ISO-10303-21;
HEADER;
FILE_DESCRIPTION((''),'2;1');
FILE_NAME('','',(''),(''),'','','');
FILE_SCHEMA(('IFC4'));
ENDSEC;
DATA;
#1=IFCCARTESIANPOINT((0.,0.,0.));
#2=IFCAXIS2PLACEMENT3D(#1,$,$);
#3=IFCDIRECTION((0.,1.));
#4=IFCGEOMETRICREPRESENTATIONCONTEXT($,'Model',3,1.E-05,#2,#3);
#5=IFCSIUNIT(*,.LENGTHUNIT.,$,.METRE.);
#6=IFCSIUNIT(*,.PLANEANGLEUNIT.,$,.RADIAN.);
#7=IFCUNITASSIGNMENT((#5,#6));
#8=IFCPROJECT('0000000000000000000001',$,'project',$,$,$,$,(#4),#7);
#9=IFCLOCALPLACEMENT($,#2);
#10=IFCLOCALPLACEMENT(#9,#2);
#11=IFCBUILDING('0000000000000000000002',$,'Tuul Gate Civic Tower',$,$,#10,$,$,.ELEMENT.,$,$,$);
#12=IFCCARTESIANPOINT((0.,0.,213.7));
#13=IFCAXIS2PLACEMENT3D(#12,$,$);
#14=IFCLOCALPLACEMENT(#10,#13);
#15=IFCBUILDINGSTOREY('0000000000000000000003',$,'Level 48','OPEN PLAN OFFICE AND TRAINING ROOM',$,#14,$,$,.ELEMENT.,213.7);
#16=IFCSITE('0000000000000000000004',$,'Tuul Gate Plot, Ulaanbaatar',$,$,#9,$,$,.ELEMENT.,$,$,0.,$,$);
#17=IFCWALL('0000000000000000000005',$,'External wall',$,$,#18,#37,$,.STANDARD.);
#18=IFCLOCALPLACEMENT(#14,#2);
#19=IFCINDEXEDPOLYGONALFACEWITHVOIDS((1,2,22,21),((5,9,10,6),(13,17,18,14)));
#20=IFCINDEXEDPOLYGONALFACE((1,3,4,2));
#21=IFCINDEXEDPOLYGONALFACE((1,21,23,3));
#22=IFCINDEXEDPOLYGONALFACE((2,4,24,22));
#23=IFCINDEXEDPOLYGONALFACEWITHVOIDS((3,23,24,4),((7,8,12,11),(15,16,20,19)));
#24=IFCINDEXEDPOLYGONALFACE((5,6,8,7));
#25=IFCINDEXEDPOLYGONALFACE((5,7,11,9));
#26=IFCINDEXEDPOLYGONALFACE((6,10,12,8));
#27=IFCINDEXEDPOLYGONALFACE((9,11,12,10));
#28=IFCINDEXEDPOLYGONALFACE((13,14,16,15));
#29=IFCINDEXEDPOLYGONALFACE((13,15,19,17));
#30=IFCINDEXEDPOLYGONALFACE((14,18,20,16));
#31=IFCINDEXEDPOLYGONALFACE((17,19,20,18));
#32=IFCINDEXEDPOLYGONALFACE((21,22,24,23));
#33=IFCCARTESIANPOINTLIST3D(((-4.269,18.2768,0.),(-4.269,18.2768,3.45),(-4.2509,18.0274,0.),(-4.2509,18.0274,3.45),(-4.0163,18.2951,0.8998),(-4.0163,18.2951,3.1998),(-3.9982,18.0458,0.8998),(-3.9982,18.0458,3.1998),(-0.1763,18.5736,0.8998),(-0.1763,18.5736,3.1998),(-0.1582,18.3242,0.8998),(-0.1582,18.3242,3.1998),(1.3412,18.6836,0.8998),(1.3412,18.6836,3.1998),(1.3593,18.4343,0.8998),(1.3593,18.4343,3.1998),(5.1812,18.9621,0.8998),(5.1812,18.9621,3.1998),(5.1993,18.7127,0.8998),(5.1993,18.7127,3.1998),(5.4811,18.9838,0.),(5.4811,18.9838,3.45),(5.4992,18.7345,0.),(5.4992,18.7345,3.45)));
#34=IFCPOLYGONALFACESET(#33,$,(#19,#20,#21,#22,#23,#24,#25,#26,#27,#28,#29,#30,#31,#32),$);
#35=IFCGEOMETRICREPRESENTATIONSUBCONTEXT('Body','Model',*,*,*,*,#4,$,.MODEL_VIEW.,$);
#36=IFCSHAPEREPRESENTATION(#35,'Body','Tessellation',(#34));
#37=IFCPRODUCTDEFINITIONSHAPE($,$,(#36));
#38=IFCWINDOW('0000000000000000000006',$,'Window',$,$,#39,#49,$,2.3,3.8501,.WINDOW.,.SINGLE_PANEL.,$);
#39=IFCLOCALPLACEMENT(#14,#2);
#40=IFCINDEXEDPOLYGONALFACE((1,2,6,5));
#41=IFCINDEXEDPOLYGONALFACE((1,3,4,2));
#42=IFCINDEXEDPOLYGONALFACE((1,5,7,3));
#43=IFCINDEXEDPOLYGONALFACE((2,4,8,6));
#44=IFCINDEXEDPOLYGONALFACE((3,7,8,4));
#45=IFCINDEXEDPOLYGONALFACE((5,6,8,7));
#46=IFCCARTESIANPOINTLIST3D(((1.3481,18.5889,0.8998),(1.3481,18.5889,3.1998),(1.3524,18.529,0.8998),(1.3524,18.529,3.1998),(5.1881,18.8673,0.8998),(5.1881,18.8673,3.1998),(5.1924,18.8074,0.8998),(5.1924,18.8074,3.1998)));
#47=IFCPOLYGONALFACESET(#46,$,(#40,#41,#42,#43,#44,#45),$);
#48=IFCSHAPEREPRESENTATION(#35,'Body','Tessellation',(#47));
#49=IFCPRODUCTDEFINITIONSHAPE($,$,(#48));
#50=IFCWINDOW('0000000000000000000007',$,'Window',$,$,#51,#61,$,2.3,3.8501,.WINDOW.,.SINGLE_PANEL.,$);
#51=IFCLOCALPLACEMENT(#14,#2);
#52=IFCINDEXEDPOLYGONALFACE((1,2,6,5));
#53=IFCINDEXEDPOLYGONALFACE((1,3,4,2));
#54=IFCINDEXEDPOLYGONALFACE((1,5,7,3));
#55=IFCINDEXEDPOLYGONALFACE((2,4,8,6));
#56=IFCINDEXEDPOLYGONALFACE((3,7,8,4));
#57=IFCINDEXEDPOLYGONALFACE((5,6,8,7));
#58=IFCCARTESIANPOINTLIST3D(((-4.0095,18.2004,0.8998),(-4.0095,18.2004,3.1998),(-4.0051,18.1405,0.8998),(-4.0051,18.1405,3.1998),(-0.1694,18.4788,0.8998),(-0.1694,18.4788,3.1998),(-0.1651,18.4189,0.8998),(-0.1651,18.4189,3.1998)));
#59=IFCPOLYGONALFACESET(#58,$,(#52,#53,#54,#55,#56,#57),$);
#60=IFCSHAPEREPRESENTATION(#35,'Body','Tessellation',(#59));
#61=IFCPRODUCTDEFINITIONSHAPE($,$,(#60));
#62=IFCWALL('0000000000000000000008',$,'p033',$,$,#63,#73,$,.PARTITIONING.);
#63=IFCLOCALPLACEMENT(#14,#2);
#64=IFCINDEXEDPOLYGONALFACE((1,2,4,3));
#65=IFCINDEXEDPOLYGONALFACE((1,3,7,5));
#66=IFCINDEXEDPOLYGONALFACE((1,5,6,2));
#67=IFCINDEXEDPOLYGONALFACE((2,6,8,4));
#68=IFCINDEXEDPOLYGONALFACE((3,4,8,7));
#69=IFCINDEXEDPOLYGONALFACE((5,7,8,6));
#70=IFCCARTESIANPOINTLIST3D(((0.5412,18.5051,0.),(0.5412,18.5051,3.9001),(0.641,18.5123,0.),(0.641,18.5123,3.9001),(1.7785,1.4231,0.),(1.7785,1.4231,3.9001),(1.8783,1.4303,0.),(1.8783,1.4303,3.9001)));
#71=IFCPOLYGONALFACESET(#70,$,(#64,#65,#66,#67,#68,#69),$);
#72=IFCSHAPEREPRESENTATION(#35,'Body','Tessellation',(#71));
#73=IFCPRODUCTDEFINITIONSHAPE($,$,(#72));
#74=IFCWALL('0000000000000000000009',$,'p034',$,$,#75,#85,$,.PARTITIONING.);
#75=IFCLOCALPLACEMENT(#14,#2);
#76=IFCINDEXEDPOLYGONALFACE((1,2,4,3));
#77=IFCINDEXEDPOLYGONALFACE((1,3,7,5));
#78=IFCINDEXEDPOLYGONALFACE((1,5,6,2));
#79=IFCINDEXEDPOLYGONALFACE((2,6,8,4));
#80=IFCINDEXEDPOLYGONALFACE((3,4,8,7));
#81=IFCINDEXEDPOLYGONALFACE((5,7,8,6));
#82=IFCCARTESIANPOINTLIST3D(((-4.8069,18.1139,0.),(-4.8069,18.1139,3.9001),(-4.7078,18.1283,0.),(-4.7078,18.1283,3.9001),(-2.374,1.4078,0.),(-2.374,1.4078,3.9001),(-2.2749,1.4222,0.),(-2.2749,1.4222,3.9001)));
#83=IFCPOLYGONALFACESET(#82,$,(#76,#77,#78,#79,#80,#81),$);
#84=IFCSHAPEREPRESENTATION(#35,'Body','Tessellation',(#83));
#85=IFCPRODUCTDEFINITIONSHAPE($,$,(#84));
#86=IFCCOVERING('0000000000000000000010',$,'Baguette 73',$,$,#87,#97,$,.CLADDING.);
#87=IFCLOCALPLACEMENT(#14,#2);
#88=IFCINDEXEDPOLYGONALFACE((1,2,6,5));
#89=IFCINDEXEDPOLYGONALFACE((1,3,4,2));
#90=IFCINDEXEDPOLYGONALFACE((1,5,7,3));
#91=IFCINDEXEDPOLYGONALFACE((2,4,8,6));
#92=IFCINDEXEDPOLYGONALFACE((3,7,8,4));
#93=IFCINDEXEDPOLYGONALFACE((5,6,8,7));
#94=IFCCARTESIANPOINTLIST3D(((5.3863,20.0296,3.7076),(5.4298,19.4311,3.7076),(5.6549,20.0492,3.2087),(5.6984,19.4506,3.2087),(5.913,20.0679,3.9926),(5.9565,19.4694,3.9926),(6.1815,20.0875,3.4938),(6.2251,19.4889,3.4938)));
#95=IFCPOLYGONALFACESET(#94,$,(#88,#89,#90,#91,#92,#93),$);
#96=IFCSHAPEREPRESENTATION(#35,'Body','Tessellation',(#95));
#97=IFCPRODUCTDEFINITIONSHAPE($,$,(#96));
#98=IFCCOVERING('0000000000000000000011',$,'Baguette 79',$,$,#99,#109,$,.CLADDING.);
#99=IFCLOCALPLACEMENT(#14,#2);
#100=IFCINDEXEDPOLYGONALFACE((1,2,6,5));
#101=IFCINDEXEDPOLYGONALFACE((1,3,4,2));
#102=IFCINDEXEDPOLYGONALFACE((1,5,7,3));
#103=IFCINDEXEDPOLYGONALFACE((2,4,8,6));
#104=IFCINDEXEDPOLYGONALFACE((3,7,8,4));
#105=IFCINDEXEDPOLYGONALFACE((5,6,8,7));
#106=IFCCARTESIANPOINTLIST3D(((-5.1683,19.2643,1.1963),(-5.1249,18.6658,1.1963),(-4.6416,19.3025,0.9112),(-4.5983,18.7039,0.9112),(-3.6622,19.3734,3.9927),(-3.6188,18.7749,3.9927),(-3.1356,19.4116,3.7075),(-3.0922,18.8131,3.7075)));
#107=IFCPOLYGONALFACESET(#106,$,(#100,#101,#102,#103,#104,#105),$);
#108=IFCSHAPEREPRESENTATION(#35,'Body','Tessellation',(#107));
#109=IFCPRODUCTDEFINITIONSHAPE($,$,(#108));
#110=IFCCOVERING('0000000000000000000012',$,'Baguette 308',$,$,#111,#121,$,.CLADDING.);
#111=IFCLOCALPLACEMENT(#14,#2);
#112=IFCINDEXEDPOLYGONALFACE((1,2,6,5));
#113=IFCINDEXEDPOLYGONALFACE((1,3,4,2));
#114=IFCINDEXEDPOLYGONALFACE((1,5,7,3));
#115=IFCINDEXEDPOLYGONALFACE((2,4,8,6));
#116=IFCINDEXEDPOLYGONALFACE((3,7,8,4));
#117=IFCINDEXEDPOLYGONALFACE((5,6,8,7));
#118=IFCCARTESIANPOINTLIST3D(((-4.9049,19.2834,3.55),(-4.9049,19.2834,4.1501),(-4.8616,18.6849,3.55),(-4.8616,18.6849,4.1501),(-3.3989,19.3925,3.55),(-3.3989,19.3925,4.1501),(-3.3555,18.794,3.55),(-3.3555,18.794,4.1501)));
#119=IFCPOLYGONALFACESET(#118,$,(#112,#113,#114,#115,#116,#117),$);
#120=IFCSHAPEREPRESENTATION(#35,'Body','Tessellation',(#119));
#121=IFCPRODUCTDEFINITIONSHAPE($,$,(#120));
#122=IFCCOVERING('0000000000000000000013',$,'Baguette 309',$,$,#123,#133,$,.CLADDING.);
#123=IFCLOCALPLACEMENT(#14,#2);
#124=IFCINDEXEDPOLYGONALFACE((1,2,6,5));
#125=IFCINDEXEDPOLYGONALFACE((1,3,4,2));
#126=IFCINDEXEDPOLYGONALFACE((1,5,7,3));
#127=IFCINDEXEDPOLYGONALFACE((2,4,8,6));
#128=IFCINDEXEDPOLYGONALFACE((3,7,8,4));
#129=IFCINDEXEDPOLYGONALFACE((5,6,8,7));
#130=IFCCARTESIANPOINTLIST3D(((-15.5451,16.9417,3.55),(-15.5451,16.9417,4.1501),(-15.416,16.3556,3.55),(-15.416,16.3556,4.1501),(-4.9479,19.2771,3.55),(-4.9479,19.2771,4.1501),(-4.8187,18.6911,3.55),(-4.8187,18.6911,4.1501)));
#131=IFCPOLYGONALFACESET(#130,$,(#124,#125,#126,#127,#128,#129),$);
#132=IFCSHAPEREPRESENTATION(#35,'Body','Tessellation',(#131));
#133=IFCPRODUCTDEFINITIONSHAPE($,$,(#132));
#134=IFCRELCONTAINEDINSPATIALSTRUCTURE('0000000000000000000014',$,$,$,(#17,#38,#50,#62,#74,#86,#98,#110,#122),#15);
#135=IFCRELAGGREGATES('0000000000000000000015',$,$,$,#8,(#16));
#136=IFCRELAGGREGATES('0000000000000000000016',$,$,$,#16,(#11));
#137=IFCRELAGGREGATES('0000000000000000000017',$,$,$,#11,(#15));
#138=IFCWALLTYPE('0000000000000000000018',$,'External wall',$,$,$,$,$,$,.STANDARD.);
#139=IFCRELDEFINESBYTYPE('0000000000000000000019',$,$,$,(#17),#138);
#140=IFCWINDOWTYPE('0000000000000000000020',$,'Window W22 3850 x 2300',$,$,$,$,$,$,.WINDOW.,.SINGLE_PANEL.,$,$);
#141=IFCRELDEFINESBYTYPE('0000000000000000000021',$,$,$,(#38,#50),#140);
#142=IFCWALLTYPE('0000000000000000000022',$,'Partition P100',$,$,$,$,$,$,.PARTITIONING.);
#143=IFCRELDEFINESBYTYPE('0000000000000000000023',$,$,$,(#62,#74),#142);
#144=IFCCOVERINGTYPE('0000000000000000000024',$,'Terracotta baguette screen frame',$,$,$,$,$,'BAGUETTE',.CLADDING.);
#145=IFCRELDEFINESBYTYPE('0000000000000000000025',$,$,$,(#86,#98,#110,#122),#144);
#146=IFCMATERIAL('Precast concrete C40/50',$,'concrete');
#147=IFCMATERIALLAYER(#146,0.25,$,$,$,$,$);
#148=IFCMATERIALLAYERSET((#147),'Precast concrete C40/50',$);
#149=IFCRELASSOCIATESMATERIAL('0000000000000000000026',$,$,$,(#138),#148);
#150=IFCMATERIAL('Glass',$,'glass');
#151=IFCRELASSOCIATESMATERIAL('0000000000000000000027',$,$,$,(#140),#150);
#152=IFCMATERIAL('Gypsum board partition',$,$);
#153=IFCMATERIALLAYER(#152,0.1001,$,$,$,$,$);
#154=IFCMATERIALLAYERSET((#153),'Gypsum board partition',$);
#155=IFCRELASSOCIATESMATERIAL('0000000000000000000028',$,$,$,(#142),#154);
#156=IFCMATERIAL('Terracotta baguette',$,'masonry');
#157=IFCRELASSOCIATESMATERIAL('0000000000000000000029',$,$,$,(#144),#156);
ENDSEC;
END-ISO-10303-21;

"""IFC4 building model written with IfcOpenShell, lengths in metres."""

from ifc_helpers import new_model, si_unit, direction, frame, frame_2d, origin, origin_2d, place, context, subcontext, project, spatial, rectangle, extrude, material, layer, layer_set, material_profile, profile_set, type_object, element, fill, save


model = new_model("IFC4")

# Units and contexts
model_context = context("Model", 3, precision=1e-05, world=origin(), true_north=direction((0.0, 1.0)))
body_context = subcontext(model_context, "Body", "Model", "MODEL_VIEW")
ifc_project = project(units=[si_unit("LENGTHUNIT", "METRE"), si_unit("PLANEANGLEUNIT", "RADIAN")], contexts=[model_context])

# Site, building, storey
site_placement = place(None, origin())
site = spatial("IfcSite", under=ifc_project, at=site_placement, Name="Tuul Gate Plot, Ulaanbaatar", CompositionType="ELEMENT", RefElevation=0.0)
building_placement = place(site_placement, origin())
building = spatial("IfcBuilding", under=site, at=building_placement, Name="Tuul Gate Civic Tower", CompositionType="ELEMENT")
storey_placement = place(building_placement, frame((0.0, 0.0, 213.7)))
storey = spatial("IfcBuildingStorey", under=building, at=storey_placement, Name="Level 48", Description="OPEN PLAN OFFICE AND TRAINING ROOM", CompositionType="ELEMENT", Elevation=213.7)

# Wall, openings, windows
ifc_material_1 = material(Name="Precast concrete C40/50", Category="concrete")
ifc_layer_1 = layer(ifc_material_1, 0.25)
ifc_layer_set_1 = layer_set([ifc_layer_1], Name="Precast concrete C40/50")
wall_type_1 = type_object("IfcWallType", Name="External wall", PredefinedType="STANDARD", material=ifc_layer_set_1)
wall_1_placement = place(storey_placement, frame((5.49, 18.8591, 0.0), z_axis=(0.0, 0.0, 1.0), x_axis=(-0.997381, -0.072326, 0.0)))
wall_1 = element("IfcWall", 1, at=wall_1_placement, inside=storey, type_object=wall_type_1, Name="External wall", PredefinedType="STANDARD", context=body_context, shape_type="SweptSolid", body=[
    extrude(rectangle(XDim=9.7756, YDim=0.25, at=frame_2d((4.8877, 0.0))), origin(), (0.0, 0.0, 1.0), 3.45),
])
opening_1_placement = place(wall_1_placement, frame((0.3005, 0.0, 0.8999)))
opening_1 = element("IfcOpeningElement", 2, at=opening_1_placement, cuts=wall_1, PredefinedType="OPENING", context=body_context, shape_type="SweptSolid", body=[
    extrude(rectangle(XDim=3.8501, YDim=2.3, at=frame_2d((1.925, 1.1499))), frame((0.0, 0.135, 0.0), z_axis=(0.0, -1.0, 0.0), x_axis=(1.0, 0.0, 0.0)), (0.0, 0.0, 1.0), 0.27),
])
opening_2_placement = place(wall_1_placement, frame((5.6721, 0.0, 0.8999)))
opening_2 = element("IfcOpeningElement", 3, at=opening_2_placement, cuts=wall_1, PredefinedType="OPENING", context=body_context, shape_type="SweptSolid", body=[
    extrude(rectangle(XDim=3.8501, YDim=2.3, at=frame_2d((1.925, 1.1499))), frame((0.0, 0.135, 0.0), z_axis=(0.0, -1.0, 0.0), x_axis=(1.0, 0.0, 0.0)), (0.0, 0.0, 1.0), 0.27),
])
ifc_material_2 = material(Name="Glass", Category="glass")
window_type = type_object("IfcWindowType", Name="Window W22 3850 x 2300", PartitioningType="SINGLE_PANEL", PredefinedType="WINDOW", material=ifc_material_2)
window_1_placement = place(opening_1_placement, origin())
window_1 = element("IfcWindow", 4, at=window_1_placement, inside=storey, type_object=window_type, Name="Window", OverallHeight=2.3, OverallWidth=3.8501, PartitioningType="SINGLE_PANEL", PredefinedType="WINDOW", context=body_context, shape_type="SweptSolid", body=[
    extrude(rectangle(XDim=3.8501, YDim=2.3, at=frame_2d((1.925, 1.1499))), frame((0.0, 0.03, 0.0), z_axis=(0.0, -1.0, 0.0), x_axis=(1.0, 0.0, 0.0)), (0.0, 0.0, 1.0), 0.0601),
])
fill(opening_1, window_1)
window_2_placement = place(opening_2_placement, origin())
window_2 = element("IfcWindow", 5, at=window_2_placement, inside=storey, type_object=window_type, Name="Window", OverallHeight=2.3, OverallWidth=3.8501, PartitioningType="SINGLE_PANEL", PredefinedType="WINDOW", context=body_context, shape_type="SweptSolid", body=[
    extrude(rectangle(XDim=3.8501, YDim=2.3, at=frame_2d((1.925, 1.1499))), frame((0.0, 0.03, 0.0), z_axis=(0.0, -1.0, 0.0), x_axis=(1.0, 0.0, 0.0)), (0.0, 0.0, 1.0), 0.0601),
])
fill(opening_2, window_2)

# Walls
ifc_material_3 = material(Name="Gypsum board partition")
ifc_layer_2 = layer(ifc_material_3, 0.1001)
ifc_layer_set_2 = layer_set([ifc_layer_2], Name="Gypsum board partition")
wall_type_2 = type_object("IfcWallType", Name="Partition P100", PredefinedType="PARTITIONING", material=ifc_layer_set_2)
wall_2_placement = place(storey_placement, frame((0.5911, 18.5088, 0.0), z_axis=(0.0, 0.0, 1.0), x_axis=(0.072244, -0.997387, 0.0)))
element("IfcWall", 6, at=wall_2_placement, inside=storey, type_object=wall_type_2, Name="p033", PredefinedType="PARTITIONING", context=body_context, shape_type="SweptSolid", body=[
    extrude(rectangle(XDim=17.1267, YDim=0.1001, at=frame_2d((8.5635, 0.0))), origin(), (0.0, 0.0, 1.0), 3.9001),
])
wall_3_placement = place(storey_placement, frame((-4.7573, 18.1211, 0.0), z_axis=(0.0, 0.0, 1.0), x_axis=(0.144107, -0.989562, 0.0)))
element("IfcWall", 7, at=wall_3_placement, inside=storey, type_object=wall_type_2, Name="p034", PredefinedType="PARTITIONING", context=body_context, shape_type="SweptSolid", body=[
    extrude(rectangle(XDim=16.8823, YDim=0.1001, at=frame_2d((8.4412, 0.0))), origin(), (0.0, 0.0, 1.0), 3.9001),
])

# Coverings
ifc_material_4 = material(Name="Terracotta baguette", Category="masonry")
ifc_material_profile_1 = material_profile(ifc_material_4, rectangle(XDim=0.6001, YDim=0.6001, at=origin_2d()), Name="Terracotta baguette screen frame")
ifc_profile_set_1 = profile_set([ifc_material_profile_1], Name="Terracotta baguette")
covering_type = type_object("IfcCoveringType", Name="Terracotta baguette screen frame", ElementType="BAGUETTE", PredefinedType="CLADDING", material=ifc_profile_set_1)
covering_1_placement = place(storey_placement, frame((5.6714, 19.7495, 3.8501), z_axis=(0.473793, 0.034458, -0.879962), x_axis=(-0.072536, 0.997366, 0.0)))
element("IfcCovering", 8, at=covering_1_placement, inside=storey, type_object=covering_type, Name="Baguette 73", PredefinedType="CLADDING", context=body_context, shape_type="SweptSolid", body=[
    extrude(rectangle(XDim=0.6001, YDim=0.6001, at=origin_2d()), origin(), (0.0, 0.0, 1.0), 0.5669),
])
covering_2_placement = place(storey_placement, frame((-3.3772, 19.0933, 3.8501), z_axis=(-0.473907, -0.034339, -0.879905), x_axis=(0.07227, -0.997385, 0.0)))
element("IfcCovering", 9, at=covering_2_placement, inside=storey, type_object=covering_type, Name="Baguette 79", PredefinedType="CLADDING", context=body_context, shape_type="SweptSolid", body=[
    extrude(rectangle(XDim=0.6001, YDim=0.6001, at=origin_2d()), origin(), (0.0, 0.0, 1.0), 3.178),
])
covering_3_placement = place(storey_placement, frame((-3.3772, 19.0933, 3.8501), z_axis=(-0.997385, -0.07227, 0.0), x_axis=(0.07227, -0.997385, 0.0)))
element("IfcCovering", 10, at=covering_3_placement, inside=storey, type_object=covering_type, Name="Baguette 308", PredefinedType="CLADDING", context=body_context, shape_type="SweptSolid", body=[
    extrude(rectangle(XDim=0.6001, YDim=0.6001, at=origin_2d()), origin(), (0.0, 0.0, 1.0), 1.51),
])
covering_4_placement = place(storey_placement, frame((-4.8833, 18.9841, 3.8501), z_axis=(-0.976566, -0.21522, 0.0), x_axis=(0.21522, -0.976566, 0.0)))
element("IfcCovering", 11, at=covering_4_placement, inside=storey, type_object=covering_type, Name="Baguette 309", PredefinedType="CLADDING", context=body_context, shape_type="SweptSolid", body=[
    extrude(rectangle(XDim=0.6001, YDim=0.6001, at=origin_2d()), origin(), (0.0, 0.0, 1.0), 10.8516),
])

save(model, "model.ifc")
